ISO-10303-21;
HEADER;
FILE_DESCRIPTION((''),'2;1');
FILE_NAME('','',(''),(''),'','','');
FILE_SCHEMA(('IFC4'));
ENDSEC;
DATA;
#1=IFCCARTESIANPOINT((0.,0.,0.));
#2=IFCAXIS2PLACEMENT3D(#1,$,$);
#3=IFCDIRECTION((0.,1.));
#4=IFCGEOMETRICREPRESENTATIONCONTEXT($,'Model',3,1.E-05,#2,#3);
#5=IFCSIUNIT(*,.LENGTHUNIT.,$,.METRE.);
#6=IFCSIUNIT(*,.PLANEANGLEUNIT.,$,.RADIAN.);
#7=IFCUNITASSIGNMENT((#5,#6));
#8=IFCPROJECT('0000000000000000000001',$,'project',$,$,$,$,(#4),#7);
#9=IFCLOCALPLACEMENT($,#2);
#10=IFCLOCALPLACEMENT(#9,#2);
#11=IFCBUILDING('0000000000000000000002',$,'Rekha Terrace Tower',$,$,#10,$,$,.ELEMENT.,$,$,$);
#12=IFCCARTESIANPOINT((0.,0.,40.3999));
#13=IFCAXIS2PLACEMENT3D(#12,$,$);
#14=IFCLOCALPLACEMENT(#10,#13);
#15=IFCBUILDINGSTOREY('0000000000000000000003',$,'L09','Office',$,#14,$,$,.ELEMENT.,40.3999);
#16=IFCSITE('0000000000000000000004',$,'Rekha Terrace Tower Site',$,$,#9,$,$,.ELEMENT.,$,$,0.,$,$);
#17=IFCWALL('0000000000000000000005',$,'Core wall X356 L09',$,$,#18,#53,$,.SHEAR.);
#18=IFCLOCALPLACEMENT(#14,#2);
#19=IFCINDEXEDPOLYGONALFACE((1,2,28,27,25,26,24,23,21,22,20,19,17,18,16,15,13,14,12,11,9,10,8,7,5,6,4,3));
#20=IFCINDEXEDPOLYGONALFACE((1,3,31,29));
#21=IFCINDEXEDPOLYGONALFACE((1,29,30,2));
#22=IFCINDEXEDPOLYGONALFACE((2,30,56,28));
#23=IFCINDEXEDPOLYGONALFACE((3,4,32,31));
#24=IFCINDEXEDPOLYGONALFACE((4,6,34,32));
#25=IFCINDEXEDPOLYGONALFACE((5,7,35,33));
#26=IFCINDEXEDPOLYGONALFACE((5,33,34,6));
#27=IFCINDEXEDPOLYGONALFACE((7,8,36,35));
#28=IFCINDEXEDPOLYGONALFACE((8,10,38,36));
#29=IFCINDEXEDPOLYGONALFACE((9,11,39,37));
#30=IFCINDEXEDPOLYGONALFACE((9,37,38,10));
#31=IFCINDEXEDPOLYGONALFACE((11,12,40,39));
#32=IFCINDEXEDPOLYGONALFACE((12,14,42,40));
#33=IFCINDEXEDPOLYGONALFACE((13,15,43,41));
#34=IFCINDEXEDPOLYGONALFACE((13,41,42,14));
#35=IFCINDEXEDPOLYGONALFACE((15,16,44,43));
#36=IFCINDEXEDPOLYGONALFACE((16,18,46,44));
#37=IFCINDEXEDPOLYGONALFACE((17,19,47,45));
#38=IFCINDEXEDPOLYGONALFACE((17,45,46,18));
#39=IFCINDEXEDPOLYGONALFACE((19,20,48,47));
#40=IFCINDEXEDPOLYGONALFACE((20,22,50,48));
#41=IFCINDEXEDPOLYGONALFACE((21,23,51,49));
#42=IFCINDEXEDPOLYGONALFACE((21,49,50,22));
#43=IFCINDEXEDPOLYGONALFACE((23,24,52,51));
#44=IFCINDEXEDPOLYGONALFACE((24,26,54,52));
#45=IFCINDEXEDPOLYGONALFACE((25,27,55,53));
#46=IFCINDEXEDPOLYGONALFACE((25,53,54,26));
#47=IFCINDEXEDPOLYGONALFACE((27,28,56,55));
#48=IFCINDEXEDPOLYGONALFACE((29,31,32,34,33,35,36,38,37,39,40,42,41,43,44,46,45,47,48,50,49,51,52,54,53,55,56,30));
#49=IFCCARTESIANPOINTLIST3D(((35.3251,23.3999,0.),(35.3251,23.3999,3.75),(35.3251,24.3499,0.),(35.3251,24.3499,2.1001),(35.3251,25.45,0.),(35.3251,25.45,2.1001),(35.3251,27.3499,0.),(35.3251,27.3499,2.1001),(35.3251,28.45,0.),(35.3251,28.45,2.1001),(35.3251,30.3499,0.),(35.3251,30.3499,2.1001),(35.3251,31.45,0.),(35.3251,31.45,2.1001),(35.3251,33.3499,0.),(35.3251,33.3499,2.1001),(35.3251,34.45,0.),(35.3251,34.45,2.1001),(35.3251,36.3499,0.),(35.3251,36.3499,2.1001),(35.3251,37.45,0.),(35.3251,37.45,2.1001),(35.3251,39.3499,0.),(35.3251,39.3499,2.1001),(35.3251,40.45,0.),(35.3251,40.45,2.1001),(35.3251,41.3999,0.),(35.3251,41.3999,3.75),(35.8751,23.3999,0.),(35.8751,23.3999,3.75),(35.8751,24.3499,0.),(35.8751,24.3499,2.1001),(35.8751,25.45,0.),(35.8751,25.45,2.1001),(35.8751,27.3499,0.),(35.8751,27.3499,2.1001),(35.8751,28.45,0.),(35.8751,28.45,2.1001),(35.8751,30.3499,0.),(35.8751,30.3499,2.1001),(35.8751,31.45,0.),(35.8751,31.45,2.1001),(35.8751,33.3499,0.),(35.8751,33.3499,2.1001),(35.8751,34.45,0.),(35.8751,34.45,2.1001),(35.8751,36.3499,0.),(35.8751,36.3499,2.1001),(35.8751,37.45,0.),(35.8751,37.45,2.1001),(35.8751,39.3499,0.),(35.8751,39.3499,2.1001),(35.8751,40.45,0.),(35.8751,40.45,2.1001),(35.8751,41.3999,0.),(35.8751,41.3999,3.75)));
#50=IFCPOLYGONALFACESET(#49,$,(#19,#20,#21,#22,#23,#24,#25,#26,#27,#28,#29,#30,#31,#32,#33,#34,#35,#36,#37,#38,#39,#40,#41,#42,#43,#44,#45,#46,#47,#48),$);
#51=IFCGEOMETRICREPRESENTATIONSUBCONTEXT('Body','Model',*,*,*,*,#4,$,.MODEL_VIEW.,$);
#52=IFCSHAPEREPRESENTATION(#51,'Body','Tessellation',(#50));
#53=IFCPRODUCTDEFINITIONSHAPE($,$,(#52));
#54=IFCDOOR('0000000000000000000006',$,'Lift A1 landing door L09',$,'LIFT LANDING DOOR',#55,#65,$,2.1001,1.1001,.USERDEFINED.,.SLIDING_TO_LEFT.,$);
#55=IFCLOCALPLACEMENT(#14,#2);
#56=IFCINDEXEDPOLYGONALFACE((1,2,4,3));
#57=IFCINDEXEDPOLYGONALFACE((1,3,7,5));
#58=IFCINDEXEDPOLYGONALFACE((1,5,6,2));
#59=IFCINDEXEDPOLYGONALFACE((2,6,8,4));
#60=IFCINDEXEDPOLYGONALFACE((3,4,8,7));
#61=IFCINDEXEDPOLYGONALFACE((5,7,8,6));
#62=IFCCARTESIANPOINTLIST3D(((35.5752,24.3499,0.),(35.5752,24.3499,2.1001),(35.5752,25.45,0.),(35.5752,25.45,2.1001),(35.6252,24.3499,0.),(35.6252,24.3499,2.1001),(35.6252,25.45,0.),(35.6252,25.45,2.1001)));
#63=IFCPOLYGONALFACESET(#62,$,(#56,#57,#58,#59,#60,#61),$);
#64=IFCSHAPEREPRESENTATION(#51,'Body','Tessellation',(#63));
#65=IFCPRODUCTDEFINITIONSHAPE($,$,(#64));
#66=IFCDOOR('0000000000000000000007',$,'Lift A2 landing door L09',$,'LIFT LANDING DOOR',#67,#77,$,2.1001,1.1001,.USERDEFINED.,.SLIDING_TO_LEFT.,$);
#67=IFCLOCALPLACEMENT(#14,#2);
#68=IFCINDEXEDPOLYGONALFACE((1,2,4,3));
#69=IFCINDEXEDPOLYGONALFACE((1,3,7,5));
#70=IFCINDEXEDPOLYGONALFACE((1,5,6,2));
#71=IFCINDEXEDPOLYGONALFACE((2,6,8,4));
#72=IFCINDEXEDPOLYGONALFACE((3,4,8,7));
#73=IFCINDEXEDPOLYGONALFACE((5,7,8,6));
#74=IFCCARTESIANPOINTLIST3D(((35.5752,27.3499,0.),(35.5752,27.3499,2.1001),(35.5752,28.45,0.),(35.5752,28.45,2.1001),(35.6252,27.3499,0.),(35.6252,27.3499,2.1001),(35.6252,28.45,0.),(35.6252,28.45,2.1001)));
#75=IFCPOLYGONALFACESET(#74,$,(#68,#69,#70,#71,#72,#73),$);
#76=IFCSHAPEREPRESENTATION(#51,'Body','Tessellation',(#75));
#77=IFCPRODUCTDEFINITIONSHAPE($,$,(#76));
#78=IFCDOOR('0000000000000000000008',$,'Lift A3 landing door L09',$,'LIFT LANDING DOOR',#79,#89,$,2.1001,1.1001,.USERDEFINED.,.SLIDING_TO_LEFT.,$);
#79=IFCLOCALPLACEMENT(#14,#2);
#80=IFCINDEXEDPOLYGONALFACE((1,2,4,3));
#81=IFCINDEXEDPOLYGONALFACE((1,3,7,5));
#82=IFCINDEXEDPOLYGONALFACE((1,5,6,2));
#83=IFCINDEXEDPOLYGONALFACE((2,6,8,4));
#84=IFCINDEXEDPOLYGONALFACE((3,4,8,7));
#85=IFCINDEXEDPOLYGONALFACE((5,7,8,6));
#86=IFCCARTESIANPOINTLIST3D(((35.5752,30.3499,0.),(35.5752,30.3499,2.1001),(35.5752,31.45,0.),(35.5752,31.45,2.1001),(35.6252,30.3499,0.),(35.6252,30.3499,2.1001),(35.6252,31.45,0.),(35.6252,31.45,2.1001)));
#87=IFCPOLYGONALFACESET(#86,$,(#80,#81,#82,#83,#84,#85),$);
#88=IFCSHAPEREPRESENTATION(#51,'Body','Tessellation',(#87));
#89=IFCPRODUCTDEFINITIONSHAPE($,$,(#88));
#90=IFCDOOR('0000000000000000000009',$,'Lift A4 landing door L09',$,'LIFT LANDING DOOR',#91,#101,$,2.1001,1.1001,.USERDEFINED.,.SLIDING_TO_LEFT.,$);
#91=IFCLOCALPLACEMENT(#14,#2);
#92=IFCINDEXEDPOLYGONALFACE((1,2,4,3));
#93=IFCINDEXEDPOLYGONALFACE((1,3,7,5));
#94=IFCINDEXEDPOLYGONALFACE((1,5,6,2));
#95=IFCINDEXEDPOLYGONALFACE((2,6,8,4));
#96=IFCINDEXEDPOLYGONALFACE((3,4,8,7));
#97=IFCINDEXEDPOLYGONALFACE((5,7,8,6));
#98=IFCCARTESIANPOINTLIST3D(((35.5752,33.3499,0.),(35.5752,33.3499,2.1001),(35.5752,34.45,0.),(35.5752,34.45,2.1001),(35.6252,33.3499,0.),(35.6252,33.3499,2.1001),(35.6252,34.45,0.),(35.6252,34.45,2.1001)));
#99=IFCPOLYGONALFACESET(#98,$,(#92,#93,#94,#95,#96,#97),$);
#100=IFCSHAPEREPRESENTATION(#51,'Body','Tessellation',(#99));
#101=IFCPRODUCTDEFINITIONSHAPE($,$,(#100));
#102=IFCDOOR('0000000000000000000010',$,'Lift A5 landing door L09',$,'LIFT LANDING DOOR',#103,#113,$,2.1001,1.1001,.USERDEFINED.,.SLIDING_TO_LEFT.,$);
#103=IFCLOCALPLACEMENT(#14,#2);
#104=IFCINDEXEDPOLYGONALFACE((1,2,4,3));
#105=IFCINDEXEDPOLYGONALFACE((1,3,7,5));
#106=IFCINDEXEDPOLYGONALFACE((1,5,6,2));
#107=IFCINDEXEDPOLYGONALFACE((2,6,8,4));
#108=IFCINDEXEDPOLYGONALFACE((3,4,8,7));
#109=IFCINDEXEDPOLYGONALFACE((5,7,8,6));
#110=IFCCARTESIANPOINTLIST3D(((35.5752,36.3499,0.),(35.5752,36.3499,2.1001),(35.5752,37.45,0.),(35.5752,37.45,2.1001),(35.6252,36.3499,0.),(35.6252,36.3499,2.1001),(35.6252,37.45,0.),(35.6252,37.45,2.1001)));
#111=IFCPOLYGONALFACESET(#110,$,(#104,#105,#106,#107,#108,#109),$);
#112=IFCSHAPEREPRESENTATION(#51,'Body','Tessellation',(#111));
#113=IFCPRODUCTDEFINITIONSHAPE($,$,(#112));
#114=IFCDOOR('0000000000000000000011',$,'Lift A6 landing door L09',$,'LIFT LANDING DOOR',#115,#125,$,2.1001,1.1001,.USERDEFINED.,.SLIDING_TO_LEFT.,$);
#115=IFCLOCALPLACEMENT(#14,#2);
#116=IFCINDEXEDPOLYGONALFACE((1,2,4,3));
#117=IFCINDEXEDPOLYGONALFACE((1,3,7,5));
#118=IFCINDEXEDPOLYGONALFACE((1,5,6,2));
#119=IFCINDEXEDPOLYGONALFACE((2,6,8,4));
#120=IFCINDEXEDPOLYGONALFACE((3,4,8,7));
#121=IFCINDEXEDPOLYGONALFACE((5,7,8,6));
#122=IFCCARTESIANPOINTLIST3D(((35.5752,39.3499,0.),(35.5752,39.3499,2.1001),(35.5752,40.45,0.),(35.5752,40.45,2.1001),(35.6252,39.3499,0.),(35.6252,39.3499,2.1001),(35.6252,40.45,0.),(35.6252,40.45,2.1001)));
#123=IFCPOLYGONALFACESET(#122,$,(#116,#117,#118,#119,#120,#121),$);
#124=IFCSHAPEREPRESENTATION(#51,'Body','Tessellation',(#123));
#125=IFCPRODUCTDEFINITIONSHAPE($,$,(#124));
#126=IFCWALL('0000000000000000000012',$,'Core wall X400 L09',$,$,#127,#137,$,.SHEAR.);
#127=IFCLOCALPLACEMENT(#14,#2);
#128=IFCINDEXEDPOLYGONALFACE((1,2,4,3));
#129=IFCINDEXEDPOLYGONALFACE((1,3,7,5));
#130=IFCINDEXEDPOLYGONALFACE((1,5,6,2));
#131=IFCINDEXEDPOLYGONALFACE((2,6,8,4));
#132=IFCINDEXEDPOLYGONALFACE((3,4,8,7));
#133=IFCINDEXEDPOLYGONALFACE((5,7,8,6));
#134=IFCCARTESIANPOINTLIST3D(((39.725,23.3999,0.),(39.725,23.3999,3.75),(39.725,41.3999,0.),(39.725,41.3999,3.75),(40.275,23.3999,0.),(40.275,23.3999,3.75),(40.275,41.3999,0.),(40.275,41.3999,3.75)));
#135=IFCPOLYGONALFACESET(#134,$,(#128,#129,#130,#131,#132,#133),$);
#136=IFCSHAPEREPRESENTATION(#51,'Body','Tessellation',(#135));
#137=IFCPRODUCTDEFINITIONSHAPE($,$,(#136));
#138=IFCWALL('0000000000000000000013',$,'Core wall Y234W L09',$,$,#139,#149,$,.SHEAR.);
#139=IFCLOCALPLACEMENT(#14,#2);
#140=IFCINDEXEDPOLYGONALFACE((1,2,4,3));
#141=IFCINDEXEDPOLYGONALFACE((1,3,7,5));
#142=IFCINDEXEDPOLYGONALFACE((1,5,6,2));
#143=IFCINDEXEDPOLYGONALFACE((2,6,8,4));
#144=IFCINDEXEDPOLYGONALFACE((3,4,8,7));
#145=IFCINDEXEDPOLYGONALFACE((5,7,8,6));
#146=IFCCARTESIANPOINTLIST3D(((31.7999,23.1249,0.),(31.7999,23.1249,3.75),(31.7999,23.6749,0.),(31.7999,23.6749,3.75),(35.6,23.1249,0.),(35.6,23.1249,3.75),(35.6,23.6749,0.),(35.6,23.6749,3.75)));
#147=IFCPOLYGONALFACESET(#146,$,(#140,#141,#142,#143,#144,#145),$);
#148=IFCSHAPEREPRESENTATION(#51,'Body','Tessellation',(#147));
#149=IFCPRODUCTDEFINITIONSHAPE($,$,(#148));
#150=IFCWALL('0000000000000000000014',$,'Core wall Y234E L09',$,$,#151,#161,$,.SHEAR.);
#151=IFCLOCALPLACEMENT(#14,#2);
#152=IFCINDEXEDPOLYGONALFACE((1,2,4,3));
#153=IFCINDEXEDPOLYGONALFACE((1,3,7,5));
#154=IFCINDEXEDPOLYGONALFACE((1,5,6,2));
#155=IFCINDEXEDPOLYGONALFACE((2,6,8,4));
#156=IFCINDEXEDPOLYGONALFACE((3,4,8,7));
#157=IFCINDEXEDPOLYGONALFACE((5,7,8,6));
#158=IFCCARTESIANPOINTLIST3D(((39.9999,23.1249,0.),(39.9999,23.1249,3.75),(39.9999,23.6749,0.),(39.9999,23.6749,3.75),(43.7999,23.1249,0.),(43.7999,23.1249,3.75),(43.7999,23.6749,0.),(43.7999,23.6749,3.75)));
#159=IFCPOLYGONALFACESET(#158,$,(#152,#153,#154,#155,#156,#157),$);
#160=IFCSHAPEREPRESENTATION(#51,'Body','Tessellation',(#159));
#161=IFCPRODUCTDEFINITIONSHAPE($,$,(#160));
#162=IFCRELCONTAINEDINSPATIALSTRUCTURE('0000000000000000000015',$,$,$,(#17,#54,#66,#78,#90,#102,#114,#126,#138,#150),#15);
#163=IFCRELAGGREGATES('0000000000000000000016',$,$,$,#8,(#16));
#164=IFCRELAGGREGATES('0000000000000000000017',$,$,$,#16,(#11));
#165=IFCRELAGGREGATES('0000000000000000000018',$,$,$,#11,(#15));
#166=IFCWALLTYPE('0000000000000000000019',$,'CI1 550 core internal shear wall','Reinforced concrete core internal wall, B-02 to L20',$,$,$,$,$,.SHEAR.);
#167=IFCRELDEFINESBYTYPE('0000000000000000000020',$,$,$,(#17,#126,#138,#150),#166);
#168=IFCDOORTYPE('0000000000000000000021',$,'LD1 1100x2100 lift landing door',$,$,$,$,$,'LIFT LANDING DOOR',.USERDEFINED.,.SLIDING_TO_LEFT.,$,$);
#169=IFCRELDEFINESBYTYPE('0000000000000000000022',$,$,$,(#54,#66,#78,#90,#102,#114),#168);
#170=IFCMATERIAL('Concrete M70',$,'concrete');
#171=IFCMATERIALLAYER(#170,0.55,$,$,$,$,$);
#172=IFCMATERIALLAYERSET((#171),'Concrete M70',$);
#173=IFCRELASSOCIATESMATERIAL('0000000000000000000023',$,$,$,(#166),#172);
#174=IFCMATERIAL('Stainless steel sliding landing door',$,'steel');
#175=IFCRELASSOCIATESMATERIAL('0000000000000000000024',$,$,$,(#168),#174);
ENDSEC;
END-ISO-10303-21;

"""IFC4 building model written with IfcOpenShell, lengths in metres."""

from ifc_helpers import new_model, si_unit, direction, frame, frame_2d, origin, place, context, subcontext, project, spatial, rectangle, extrude, material, layer, layer_set, type_object, element, fill, save


model = new_model("IFC4")

# Units and contexts
model_context = context("Model", 3, precision=1e-05, world=origin(), true_north=direction((0.0, 1.0)))
body_context = subcontext(model_context, "Body", "Model", "MODEL_VIEW")
ifc_project = project(units=[si_unit("LENGTHUNIT", "METRE"), si_unit("PLANEANGLEUNIT", "RADIAN")], contexts=[model_context])

# Site, building, storey
site_placement = place(None, origin())
site = spatial("IfcSite", under=ifc_project, at=site_placement, Name="Rekha Terrace Tower Site", CompositionType="ELEMENT", RefElevation=0.0)
building_placement = place(site_placement, origin())
building = spatial("IfcBuilding", under=site, at=building_placement, Name="Rekha Terrace Tower", CompositionType="ELEMENT")
storey_placement = place(building_placement, frame((0.0, 0.0, 40.3999)))
storey = spatial("IfcBuildingStorey", under=building, at=storey_placement, Name="L09", Description="Office", CompositionType="ELEMENT", Elevation=40.3999)

# Shared definitions
ifc_material_1 = material(Name="Concrete M70", Category="concrete")

# Shared definitions
ifc_layer_1 = layer(ifc_material_1, 0.55)
ifc_layer_set_1 = layer_set([ifc_layer_1], Name="Concrete M70")
wall_type_1 = type_object("IfcWallType", Name="CI1 550 core internal shear wall", Description="Reinforced concrete core internal wall, B-02 to L20", PredefinedType="SHEAR", material=ifc_layer_set_1)

# Wall, openings, doors
wall_1_placement = place(storey_placement, frame((35.6001, 23.3999, 0.0), z_axis=(0.0, 0.0, 1.0), x_axis=(0.0, 1.0, 0.0)))
wall_1 = element("IfcWall", 1, at=wall_1_placement, inside=storey, type_object=wall_type_1, Name="Core wall X356 L09", PredefinedType="SHEAR", context=body_context, shape_type="SweptSolid", body=[
    extrude(rectangle(XDim=18.0, YDim=0.55, at=frame_2d((9.0, 0.0))), origin(), (0.0, 0.0, 1.0), 3.75),
])
opening_1_placement = place(wall_1_placement, frame((0.95, 0.0, 0.0)))
opening_1 = element("IfcOpeningElement", 2, at=opening_1_placement, cuts=wall_1, PredefinedType="OPENING", context=body_context, shape_type="SweptSolid", body=[
    extrude(rectangle(XDim=1.1001, YDim=2.1001, at=frame_2d((0.55, 1.05))), frame((0.0, 0.2849, 0.0), z_axis=(0.0, -1.0, 0.0), x_axis=(1.0, 0.0, 0.0)), (0.0, 0.0, 1.0), 0.5701),
])
opening_2_placement = place(wall_1_placement, frame((3.95, 0.0, 0.0)))
opening_2 = element("IfcOpeningElement", 3, at=opening_2_placement, cuts=wall_1, PredefinedType="OPENING", context=body_context, shape_type="SweptSolid", body=[
    extrude(rectangle(XDim=1.1001, YDim=2.1001, at=frame_2d((0.55, 1.05))), frame((0.0, 0.2849, 0.0), z_axis=(0.0, -1.0, 0.0), x_axis=(1.0, 0.0, 0.0)), (0.0, 0.0, 1.0), 0.5701),
])
opening_3_placement = place(wall_1_placement, frame((6.95, 0.0, 0.0)))
opening_3 = element("IfcOpeningElement", 4, at=opening_3_placement, cuts=wall_1, PredefinedType="OPENING", context=body_context, shape_type="SweptSolid", body=[
    extrude(rectangle(XDim=1.1001, YDim=2.1001, at=frame_2d((0.55, 1.05))), frame((0.0, 0.2849, 0.0), z_axis=(0.0, -1.0, 0.0), x_axis=(1.0, 0.0, 0.0)), (0.0, 0.0, 1.0), 0.5701),
])
opening_4_placement = place(wall_1_placement, frame((9.95, 0.0, 0.0)))
opening_4 = element("IfcOpeningElement", 5, at=opening_4_placement, cuts=wall_1, PredefinedType="OPENING", context=body_context, shape_type="SweptSolid", body=[
    extrude(rectangle(XDim=1.1001, YDim=2.1001, at=frame_2d((0.55, 1.05))), frame((0.0, 0.2849, 0.0), z_axis=(0.0, -1.0, 0.0), x_axis=(1.0, 0.0, 0.0)), (0.0, 0.0, 1.0), 0.5701),
])
opening_5_placement = place(wall_1_placement, frame((12.95, 0.0, 0.0)))
opening_5 = element("IfcOpeningElement", 6, at=opening_5_placement, cuts=wall_1, PredefinedType="OPENING", context=body_context, shape_type="SweptSolid", body=[
    extrude(rectangle(XDim=1.1001, YDim=2.1001, at=frame_2d((0.55, 1.05))), frame((0.0, 0.2849, 0.0), z_axis=(0.0, -1.0, 0.0), x_axis=(1.0, 0.0, 0.0)), (0.0, 0.0, 1.0), 0.5701),
])
opening_6_placement = place(wall_1_placement, frame((15.95, 0.0, 0.0)))
opening_6 = element("IfcOpeningElement", 7, at=opening_6_placement, cuts=wall_1, PredefinedType="OPENING", context=body_context, shape_type="SweptSolid", body=[
    extrude(rectangle(XDim=1.1001, YDim=2.1001, at=frame_2d((0.55, 1.05))), frame((0.0, 0.2849, 0.0), z_axis=(0.0, -1.0, 0.0), x_axis=(1.0, 0.0, 0.0)), (0.0, 0.0, 1.0), 0.5701),
])
ifc_material_2 = material(Name="Stainless steel sliding landing door", Category="steel")
door_type_1 = type_object("IfcDoorType", Name="LD1 1100x2100 lift landing door", ElementType="LIFT LANDING DOOR", OperationType="SLIDING_TO_LEFT", PredefinedType="USERDEFINED", material=ifc_material_2)
door_1_placement = place(opening_1_placement, origin())
door_1 = element("IfcDoor", 8, at=door_1_placement, inside=storey, type_object=door_type_1, Name="Lift A1 landing door L09", ObjectType="LIFT LANDING DOOR", OperationType="SLIDING_TO_LEFT", OverallHeight=2.1001, OverallWidth=1.1001, PredefinedType="USERDEFINED", context=body_context, shape_type="SweptSolid", body=[
    extrude(rectangle(XDim=1.1001, YDim=2.1001, at=frame_2d((0.55, 1.05))), frame((0.0, 0.0249, 0.0), z_axis=(0.0, -1.0, 0.0), x_axis=(1.0, 0.0, 0.0)), (0.0, 0.0, 1.0), 0.05),
])
fill(opening_1, door_1)
door_2_placement = place(opening_2_placement, origin())
door_2 = element("IfcDoor", 9, at=door_2_placement, inside=storey, type_object=door_type_1, Name="Lift A2 landing door L09", ObjectType="LIFT LANDING DOOR", OperationType="SLIDING_TO_LEFT", OverallHeight=2.1001, OverallWidth=1.1001, PredefinedType="USERDEFINED", context=body_context, shape_type="SweptSolid", body=[
    extrude(rectangle(XDim=1.1001, YDim=2.1001, at=frame_2d((0.55, 1.05))), frame((0.0, 0.0249, 0.0), z_axis=(0.0, -1.0, 0.0), x_axis=(1.0, 0.0, 0.0)), (0.0, 0.0, 1.0), 0.05),
])
fill(opening_2, door_2)
door_3_placement = place(opening_3_placement, origin())
door_3 = element("IfcDoor", 10, at=door_3_placement, inside=storey, type_object=door_type_1, Name="Lift A3 landing door L09", ObjectType="LIFT LANDING DOOR", OperationType="SLIDING_TO_LEFT", OverallHeight=2.1001, OverallWidth=1.1001, PredefinedType="USERDEFINED", context=body_context, shape_type="SweptSolid", body=[
    extrude(rectangle(XDim=1.1001, YDim=2.1001, at=frame_2d((0.55, 1.05))), frame((0.0, 0.0249, 0.0), z_axis=(0.0, -1.0, 0.0), x_axis=(1.0, 0.0, 0.0)), (0.0, 0.0, 1.0), 0.05),
])
fill(opening_3, door_3)
door_4_placement = place(opening_4_placement, origin())
door_4 = element("IfcDoor", 11, at=door_4_placement, inside=storey, type_object=door_type_1, Name="Lift A4 landing door L09", ObjectType="LIFT LANDING DOOR", OperationType="SLIDING_TO_LEFT", OverallHeight=2.1001, OverallWidth=1.1001, PredefinedType="USERDEFINED", context=body_context, shape_type="SweptSolid", body=[
    extrude(rectangle(XDim=1.1001, YDim=2.1001, at=frame_2d((0.55, 1.05))), frame((0.0, 0.0249, 0.0), z_axis=(0.0, -1.0, 0.0), x_axis=(1.0, 0.0, 0.0)), (0.0, 0.0, 1.0), 0.05),
])
fill(opening_4, door_4)
door_5_placement = place(opening_5_placement, origin())
door_5 = element("IfcDoor", 12, at=door_5_placement, inside=storey, type_object=door_type_1, Name="Lift A5 landing door L09", ObjectType="LIFT LANDING DOOR", OperationType="SLIDING_TO_LEFT", OverallHeight=2.1001, OverallWidth=1.1001, PredefinedType="USERDEFINED", context=body_context, shape_type="SweptSolid", body=[
    extrude(rectangle(XDim=1.1001, YDim=2.1001, at=frame_2d((0.55, 1.05))), frame((0.0, 0.0249, 0.0), z_axis=(0.0, -1.0, 0.0), x_axis=(1.0, 0.0, 0.0)), (0.0, 0.0, 1.0), 0.05),
])
fill(opening_5, door_5)
door_6_placement = place(opening_6_placement, origin())
door_6 = element("IfcDoor", 13, at=door_6_placement, inside=storey, type_object=door_type_1, Name="Lift A6 landing door L09", ObjectType="LIFT LANDING DOOR", OperationType="SLIDING_TO_LEFT", OverallHeight=2.1001, OverallWidth=1.1001, PredefinedType="USERDEFINED", context=body_context, shape_type="SweptSolid", body=[
    extrude(rectangle(XDim=1.1001, YDim=2.1001, at=frame_2d((0.55, 1.05))), frame((0.0, 0.0249, 0.0), z_axis=(0.0, -1.0, 0.0), x_axis=(1.0, 0.0, 0.0)), (0.0, 0.0, 1.0), 0.05),
])
fill(opening_6, door_6)

# Walls
wall_2_placement = place(storey_placement, frame((40.0, 23.3999, 0.0), z_axis=(0.0, 0.0, 1.0), x_axis=(0.0, 1.0, 0.0)))
element("IfcWall", 14, at=wall_2_placement, inside=storey, type_object=wall_type_1, Name="Core wall X400 L09", PredefinedType="SHEAR", context=body_context, shape_type="SweptSolid", body=[
    extrude(rectangle(XDim=18.0, YDim=0.55, at=frame_2d((9.0, 0.0))), origin(), (0.0, 0.0, 1.0), 3.75),
])
for number, where, z_axis, x_axis, name in (
    (15, (31.8, 23.3999, 0.0), (0.0, 0.0, 1.0), (1.0, 0.0, 0.0), "Core wall Y234W L09"),
    (16, (40.0, 23.3999, 0.0), (0.0, 0.0, 1.0), (1.0, 0.0, 0.0), "Core wall Y234E L09"),
):
    element("IfcWall", number, at=place(storey_placement, frame(where, z_axis=z_axis, x_axis=x_axis)), inside=storey, type_object=wall_type_1, Name=name, PredefinedType="SHEAR", context=body_context, shape_type="SweptSolid", body=[
        extrude(rectangle(XDim=3.8, YDim=0.55, at=frame_2d((1.8999, 0.0))), origin(), (0.0, 0.0, 1.0), 3.75),
    ])

save(model, "model.ifc")
